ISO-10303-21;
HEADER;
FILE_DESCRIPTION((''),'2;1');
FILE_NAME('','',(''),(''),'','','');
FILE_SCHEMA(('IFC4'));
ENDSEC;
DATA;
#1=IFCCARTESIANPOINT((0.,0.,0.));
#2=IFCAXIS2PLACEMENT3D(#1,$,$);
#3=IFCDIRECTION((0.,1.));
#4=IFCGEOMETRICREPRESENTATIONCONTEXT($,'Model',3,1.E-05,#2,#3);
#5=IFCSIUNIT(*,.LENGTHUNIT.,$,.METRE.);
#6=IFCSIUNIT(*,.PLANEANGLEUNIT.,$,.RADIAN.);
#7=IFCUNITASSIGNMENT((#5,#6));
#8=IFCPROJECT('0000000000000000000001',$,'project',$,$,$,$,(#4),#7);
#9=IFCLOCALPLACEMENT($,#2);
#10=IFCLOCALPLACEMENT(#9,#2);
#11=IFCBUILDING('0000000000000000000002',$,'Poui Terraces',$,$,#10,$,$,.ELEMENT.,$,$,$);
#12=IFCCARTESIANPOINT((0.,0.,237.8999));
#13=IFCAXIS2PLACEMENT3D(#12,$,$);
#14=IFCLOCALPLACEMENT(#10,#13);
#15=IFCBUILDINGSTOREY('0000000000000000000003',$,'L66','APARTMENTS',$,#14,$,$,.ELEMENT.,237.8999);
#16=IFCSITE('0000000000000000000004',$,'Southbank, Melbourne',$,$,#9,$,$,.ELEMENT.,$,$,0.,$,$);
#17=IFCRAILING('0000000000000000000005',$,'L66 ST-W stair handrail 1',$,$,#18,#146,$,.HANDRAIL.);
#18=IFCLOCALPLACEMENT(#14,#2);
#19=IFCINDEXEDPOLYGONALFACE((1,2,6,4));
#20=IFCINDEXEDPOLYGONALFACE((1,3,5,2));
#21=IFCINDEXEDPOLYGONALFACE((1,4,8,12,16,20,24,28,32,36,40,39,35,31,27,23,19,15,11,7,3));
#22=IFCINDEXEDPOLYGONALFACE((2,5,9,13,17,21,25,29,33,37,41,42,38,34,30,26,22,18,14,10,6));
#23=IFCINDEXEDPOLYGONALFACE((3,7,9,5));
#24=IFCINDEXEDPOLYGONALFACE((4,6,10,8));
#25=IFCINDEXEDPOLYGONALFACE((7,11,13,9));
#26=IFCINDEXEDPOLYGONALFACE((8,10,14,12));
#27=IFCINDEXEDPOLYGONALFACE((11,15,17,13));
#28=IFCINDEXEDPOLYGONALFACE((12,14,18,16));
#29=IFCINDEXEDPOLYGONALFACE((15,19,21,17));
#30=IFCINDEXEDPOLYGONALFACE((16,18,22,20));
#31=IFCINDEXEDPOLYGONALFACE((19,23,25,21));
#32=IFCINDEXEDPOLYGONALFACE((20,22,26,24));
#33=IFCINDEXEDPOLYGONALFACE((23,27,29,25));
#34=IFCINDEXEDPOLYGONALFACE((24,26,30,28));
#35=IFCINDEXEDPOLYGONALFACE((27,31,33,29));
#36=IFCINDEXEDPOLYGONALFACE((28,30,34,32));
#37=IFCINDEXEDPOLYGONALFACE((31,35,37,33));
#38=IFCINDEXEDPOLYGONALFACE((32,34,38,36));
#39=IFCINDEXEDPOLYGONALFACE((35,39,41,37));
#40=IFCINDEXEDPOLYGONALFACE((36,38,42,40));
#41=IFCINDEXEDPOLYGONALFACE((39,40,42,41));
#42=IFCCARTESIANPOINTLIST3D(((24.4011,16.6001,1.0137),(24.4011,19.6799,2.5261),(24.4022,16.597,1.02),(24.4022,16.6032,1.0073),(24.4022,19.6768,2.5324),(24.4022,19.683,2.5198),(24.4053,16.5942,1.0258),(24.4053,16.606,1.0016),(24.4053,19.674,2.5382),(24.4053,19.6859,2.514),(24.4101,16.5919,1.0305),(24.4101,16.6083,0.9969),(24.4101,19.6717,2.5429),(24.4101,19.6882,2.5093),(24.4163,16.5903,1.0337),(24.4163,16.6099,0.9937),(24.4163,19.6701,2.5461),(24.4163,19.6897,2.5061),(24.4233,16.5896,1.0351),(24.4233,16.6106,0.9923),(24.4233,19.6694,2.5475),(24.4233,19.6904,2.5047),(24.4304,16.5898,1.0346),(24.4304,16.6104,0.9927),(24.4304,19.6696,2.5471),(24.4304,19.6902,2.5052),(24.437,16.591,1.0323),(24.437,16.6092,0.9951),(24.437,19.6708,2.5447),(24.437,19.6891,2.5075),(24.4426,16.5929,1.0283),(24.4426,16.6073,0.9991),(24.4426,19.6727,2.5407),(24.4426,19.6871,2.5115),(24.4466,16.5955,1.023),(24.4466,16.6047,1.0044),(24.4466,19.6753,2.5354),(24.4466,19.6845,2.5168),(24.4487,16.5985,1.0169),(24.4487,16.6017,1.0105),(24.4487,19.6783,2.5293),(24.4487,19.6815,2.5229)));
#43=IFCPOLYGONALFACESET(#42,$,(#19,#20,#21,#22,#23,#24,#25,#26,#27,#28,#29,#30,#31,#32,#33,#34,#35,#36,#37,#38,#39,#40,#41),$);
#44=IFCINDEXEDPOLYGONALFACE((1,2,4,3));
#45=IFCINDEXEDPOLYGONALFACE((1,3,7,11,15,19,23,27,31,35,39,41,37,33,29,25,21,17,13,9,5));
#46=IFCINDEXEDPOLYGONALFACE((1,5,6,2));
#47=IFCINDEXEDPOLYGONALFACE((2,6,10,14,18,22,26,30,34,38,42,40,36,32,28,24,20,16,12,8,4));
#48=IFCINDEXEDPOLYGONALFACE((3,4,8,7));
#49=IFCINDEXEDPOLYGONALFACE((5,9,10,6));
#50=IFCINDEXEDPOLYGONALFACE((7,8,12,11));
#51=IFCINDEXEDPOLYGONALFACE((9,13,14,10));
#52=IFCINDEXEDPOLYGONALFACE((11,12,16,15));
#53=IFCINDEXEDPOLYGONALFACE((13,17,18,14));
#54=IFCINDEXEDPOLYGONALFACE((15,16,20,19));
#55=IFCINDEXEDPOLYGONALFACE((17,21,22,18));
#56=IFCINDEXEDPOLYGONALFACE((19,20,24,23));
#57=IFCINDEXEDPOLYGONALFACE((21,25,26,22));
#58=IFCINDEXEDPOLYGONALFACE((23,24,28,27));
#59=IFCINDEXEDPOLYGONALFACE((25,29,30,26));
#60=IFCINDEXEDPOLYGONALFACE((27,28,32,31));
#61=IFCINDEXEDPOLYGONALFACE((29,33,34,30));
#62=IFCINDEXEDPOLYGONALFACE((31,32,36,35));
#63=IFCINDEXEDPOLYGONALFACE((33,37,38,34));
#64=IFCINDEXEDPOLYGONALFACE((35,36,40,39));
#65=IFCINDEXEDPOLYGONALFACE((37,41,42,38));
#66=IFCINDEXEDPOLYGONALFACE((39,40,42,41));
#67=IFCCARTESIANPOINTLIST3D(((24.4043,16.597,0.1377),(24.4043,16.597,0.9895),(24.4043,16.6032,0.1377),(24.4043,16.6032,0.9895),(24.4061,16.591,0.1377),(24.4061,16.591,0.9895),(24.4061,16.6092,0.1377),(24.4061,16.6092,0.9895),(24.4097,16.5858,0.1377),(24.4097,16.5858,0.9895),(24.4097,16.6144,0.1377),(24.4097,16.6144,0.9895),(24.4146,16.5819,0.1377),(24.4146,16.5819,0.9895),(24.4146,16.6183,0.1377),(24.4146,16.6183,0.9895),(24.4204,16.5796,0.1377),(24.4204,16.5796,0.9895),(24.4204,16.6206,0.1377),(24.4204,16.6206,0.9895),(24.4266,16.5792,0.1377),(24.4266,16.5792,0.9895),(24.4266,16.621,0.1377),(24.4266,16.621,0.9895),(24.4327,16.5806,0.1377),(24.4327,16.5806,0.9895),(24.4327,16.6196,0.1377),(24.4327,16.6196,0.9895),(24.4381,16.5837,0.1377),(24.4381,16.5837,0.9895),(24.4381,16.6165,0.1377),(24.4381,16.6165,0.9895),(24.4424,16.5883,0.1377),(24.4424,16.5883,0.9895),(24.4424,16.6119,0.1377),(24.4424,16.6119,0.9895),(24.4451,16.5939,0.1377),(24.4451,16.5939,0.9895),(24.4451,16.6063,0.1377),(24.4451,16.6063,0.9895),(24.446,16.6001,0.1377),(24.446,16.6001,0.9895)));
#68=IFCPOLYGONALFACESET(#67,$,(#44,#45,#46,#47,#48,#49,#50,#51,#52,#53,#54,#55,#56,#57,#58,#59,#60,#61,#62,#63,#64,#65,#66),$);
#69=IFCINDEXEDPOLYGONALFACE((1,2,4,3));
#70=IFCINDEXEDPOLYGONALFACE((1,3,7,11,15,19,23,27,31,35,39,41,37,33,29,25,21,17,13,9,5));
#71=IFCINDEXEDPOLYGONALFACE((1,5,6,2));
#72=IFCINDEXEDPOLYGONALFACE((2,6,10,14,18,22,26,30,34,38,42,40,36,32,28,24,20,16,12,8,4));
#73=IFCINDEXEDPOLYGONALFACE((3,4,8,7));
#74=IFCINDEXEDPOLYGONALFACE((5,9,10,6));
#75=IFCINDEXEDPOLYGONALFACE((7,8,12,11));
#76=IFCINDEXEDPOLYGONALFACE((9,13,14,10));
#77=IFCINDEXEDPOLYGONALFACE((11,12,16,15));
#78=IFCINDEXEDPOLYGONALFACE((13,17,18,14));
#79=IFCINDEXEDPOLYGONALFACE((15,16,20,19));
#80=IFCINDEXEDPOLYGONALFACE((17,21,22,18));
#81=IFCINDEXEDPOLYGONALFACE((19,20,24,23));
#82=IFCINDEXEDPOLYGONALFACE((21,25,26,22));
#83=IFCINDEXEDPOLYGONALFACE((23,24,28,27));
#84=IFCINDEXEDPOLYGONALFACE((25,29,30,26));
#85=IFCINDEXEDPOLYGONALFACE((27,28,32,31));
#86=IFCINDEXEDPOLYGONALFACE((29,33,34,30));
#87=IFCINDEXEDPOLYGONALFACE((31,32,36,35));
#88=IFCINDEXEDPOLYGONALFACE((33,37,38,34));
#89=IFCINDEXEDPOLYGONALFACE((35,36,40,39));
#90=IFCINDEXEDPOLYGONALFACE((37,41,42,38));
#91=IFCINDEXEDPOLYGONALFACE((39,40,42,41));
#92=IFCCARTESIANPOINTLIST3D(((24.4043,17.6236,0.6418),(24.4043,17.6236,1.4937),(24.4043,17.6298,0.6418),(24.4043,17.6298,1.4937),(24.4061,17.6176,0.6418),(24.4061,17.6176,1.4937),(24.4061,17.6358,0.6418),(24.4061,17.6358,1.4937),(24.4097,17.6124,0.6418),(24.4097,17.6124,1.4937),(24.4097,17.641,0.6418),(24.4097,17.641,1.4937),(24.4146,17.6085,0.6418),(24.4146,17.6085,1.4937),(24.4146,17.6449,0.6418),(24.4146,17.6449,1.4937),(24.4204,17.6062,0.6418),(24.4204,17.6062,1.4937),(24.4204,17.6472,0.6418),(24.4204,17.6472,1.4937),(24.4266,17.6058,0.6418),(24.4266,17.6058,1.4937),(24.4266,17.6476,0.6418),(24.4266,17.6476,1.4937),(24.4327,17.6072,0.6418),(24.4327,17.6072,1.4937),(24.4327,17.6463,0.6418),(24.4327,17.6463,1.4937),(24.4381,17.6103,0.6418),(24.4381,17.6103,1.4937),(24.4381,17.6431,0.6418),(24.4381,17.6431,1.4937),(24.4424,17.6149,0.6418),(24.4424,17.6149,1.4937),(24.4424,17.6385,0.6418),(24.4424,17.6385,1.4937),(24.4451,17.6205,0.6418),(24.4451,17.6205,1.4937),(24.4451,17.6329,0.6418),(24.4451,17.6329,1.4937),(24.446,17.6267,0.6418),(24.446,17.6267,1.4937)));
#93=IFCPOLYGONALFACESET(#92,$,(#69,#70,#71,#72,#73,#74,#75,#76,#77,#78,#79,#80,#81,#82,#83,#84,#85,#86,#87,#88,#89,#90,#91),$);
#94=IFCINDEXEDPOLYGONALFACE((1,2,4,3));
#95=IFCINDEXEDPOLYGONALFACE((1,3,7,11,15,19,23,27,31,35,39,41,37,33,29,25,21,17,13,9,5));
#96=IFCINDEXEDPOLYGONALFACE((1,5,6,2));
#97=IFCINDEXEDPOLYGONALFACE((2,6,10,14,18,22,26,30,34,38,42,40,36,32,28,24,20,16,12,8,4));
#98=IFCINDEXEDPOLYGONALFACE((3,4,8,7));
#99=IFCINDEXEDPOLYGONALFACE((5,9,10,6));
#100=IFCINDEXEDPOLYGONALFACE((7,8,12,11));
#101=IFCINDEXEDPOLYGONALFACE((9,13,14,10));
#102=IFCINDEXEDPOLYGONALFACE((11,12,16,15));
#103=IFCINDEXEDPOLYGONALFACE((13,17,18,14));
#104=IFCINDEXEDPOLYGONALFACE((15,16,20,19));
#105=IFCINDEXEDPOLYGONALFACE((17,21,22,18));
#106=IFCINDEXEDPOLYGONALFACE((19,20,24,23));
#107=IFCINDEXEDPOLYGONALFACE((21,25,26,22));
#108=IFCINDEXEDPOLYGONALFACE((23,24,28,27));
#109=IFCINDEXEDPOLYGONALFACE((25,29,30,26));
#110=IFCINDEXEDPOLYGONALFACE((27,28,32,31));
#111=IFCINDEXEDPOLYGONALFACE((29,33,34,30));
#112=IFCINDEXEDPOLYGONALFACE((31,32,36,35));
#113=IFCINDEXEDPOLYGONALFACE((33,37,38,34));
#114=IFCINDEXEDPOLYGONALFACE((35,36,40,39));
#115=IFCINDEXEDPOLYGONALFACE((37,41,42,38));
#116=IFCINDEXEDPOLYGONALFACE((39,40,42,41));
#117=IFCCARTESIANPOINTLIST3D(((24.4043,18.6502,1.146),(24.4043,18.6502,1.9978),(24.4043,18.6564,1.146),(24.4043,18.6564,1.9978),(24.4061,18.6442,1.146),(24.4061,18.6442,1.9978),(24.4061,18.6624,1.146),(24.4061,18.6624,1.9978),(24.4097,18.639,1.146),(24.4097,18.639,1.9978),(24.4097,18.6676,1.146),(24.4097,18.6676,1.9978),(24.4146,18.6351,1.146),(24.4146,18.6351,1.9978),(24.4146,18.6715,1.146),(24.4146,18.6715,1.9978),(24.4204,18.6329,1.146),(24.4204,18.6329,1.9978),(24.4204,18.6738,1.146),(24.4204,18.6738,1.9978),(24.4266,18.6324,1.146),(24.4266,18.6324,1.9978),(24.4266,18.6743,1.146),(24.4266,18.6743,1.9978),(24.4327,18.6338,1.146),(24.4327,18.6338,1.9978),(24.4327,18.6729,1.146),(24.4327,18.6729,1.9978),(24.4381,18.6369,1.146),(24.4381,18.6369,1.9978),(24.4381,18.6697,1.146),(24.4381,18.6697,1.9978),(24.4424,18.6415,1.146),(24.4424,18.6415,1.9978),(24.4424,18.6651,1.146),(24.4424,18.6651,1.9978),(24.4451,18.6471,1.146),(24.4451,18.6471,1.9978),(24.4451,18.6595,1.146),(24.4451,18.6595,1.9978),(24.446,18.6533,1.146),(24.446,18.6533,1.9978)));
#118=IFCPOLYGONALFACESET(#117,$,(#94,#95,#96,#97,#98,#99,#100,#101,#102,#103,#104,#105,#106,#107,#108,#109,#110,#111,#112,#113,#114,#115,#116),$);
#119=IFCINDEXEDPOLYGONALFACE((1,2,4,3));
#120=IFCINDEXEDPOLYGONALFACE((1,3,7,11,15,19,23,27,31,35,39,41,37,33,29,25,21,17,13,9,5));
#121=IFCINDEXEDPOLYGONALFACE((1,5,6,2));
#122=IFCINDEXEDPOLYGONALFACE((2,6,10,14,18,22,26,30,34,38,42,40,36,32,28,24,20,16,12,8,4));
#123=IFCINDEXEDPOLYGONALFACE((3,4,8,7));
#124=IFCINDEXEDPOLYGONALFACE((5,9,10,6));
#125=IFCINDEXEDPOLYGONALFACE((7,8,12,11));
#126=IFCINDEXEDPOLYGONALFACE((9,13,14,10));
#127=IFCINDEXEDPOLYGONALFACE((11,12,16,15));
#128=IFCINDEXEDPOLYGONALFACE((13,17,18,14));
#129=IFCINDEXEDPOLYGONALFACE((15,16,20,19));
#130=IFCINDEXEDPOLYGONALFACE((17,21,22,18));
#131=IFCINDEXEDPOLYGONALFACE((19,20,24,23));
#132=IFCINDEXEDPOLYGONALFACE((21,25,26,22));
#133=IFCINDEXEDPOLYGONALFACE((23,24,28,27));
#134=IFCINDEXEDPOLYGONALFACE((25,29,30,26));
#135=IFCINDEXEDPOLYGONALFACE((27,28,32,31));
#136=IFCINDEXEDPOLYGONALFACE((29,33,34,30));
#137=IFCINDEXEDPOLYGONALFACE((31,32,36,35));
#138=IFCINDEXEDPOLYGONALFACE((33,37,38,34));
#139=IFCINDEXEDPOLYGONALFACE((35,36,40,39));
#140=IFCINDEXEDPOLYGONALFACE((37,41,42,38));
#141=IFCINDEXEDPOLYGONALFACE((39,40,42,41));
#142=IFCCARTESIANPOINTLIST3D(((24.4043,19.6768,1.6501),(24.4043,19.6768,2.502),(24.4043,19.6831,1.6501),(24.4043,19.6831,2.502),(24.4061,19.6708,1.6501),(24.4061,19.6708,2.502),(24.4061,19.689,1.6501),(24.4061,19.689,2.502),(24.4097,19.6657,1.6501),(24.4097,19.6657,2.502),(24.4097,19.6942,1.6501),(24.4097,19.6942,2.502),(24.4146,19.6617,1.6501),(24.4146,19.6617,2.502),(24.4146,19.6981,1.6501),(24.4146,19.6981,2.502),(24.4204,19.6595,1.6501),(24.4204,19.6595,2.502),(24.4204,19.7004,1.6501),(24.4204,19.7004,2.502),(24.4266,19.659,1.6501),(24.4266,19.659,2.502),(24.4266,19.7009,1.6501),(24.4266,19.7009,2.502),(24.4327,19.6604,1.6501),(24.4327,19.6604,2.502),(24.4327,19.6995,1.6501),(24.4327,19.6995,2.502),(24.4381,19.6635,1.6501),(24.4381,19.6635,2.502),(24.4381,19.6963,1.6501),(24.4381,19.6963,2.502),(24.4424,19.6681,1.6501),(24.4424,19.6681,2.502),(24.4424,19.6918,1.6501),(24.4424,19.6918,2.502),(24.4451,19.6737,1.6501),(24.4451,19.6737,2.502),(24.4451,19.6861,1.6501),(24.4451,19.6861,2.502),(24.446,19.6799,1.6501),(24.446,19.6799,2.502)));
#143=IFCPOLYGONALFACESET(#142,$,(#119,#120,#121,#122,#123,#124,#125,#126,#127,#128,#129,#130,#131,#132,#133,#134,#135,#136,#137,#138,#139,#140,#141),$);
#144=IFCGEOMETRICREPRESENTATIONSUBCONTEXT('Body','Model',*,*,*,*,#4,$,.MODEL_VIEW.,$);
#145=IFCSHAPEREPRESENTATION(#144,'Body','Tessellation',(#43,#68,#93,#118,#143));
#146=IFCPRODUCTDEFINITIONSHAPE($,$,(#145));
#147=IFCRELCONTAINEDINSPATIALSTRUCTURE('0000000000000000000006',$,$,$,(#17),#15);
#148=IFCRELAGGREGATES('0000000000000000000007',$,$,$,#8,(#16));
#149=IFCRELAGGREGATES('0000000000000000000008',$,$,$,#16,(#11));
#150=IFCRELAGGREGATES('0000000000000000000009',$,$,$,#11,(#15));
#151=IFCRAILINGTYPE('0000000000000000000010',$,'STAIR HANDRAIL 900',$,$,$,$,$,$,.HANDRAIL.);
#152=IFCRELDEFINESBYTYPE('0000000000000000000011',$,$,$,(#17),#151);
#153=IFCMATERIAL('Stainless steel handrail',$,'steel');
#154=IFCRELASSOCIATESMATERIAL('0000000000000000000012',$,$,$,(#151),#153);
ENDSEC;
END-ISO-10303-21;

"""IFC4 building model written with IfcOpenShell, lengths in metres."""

from ifc_helpers import new_model, si_unit, direction, frame, origin, origin_2d, place, context, subcontext, project, spatial, circle, extrude, material, type_object, element, save


model = new_model("IFC4")

# Units and contexts
model_context = context("Model", 3, precision=1e-05, world=origin(), true_north=direction((0.0, 1.0)))
body_context = subcontext(model_context, "Body", "Model", "MODEL_VIEW")
ifc_project = project(units=[si_unit("LENGTHUNIT", "METRE"), si_unit("PLANEANGLEUNIT", "RADIAN")], contexts=[model_context])

# Site, building, storey
site_placement = place(None, origin())
site = spatial("IfcSite", under=ifc_project, at=site_placement, Name="Southbank, Melbourne", CompositionType="ELEMENT", RefElevation=0.0)
building_placement = place(site_placement, origin())
building = spatial("IfcBuilding", under=site, at=building_placement, Name="Poui Terraces", CompositionType="ELEMENT")
storey_placement = place(building_placement, frame((0.0, 0.0, 237.8999)))
storey = spatial("IfcBuildingStorey", under=building, at=storey_placement, Name="L66", Description="APARTMENTS", CompositionType="ELEMENT", Elevation=237.8999)

# Railing
ifc_material_1 = material(Name="Stainless steel handrail", Category="steel")
railing_type_1 = type_object("IfcRailingType", Name="STAIR HANDRAIL 900", PredefinedType="HANDRAIL", material=ifc_material_1)
railing_1_placement = place(storey_placement, frame((24.425, 16.6001, 0.1377)))
element("IfcRailing", 1, at=railing_1_placement, inside=storey, type_object=railing_type_1, Name="L66 ST-W stair handrail 1", PredefinedType="HANDRAIL", context=body_context, shape_type="SweptSolid", body=[
    extrude(circle(Radius=0.0239, at=origin_2d()), frame((0.0, 0.0, 0.876), z_axis=(0.0, 0.897606, 0.440798), x_axis=(-1.0, 0.0, 0.0)), (0.0, 0.0, 1.0), 3.4312),
    extrude(circle(Radius=0.021, at=origin_2d()), origin(), (0.0, 0.0, 1.0), 0.8518),
    extrude(circle(Radius=0.021, at=origin_2d()), frame((0.0, 1.0266, 0.5042)), (0.0, 0.0, 1.0), 0.8518),
    extrude(circle(Radius=0.021, at=origin_2d()), frame((0.0, 2.0532, 1.0083)), (0.0, 0.0, 1.0), 0.8518),
    extrude(circle(Radius=0.021, at=origin_2d()), frame((0.0, 3.0798, 1.5125)), (0.0, 0.0, 1.0), 0.8518),
])

save(model, "model.ifc")
